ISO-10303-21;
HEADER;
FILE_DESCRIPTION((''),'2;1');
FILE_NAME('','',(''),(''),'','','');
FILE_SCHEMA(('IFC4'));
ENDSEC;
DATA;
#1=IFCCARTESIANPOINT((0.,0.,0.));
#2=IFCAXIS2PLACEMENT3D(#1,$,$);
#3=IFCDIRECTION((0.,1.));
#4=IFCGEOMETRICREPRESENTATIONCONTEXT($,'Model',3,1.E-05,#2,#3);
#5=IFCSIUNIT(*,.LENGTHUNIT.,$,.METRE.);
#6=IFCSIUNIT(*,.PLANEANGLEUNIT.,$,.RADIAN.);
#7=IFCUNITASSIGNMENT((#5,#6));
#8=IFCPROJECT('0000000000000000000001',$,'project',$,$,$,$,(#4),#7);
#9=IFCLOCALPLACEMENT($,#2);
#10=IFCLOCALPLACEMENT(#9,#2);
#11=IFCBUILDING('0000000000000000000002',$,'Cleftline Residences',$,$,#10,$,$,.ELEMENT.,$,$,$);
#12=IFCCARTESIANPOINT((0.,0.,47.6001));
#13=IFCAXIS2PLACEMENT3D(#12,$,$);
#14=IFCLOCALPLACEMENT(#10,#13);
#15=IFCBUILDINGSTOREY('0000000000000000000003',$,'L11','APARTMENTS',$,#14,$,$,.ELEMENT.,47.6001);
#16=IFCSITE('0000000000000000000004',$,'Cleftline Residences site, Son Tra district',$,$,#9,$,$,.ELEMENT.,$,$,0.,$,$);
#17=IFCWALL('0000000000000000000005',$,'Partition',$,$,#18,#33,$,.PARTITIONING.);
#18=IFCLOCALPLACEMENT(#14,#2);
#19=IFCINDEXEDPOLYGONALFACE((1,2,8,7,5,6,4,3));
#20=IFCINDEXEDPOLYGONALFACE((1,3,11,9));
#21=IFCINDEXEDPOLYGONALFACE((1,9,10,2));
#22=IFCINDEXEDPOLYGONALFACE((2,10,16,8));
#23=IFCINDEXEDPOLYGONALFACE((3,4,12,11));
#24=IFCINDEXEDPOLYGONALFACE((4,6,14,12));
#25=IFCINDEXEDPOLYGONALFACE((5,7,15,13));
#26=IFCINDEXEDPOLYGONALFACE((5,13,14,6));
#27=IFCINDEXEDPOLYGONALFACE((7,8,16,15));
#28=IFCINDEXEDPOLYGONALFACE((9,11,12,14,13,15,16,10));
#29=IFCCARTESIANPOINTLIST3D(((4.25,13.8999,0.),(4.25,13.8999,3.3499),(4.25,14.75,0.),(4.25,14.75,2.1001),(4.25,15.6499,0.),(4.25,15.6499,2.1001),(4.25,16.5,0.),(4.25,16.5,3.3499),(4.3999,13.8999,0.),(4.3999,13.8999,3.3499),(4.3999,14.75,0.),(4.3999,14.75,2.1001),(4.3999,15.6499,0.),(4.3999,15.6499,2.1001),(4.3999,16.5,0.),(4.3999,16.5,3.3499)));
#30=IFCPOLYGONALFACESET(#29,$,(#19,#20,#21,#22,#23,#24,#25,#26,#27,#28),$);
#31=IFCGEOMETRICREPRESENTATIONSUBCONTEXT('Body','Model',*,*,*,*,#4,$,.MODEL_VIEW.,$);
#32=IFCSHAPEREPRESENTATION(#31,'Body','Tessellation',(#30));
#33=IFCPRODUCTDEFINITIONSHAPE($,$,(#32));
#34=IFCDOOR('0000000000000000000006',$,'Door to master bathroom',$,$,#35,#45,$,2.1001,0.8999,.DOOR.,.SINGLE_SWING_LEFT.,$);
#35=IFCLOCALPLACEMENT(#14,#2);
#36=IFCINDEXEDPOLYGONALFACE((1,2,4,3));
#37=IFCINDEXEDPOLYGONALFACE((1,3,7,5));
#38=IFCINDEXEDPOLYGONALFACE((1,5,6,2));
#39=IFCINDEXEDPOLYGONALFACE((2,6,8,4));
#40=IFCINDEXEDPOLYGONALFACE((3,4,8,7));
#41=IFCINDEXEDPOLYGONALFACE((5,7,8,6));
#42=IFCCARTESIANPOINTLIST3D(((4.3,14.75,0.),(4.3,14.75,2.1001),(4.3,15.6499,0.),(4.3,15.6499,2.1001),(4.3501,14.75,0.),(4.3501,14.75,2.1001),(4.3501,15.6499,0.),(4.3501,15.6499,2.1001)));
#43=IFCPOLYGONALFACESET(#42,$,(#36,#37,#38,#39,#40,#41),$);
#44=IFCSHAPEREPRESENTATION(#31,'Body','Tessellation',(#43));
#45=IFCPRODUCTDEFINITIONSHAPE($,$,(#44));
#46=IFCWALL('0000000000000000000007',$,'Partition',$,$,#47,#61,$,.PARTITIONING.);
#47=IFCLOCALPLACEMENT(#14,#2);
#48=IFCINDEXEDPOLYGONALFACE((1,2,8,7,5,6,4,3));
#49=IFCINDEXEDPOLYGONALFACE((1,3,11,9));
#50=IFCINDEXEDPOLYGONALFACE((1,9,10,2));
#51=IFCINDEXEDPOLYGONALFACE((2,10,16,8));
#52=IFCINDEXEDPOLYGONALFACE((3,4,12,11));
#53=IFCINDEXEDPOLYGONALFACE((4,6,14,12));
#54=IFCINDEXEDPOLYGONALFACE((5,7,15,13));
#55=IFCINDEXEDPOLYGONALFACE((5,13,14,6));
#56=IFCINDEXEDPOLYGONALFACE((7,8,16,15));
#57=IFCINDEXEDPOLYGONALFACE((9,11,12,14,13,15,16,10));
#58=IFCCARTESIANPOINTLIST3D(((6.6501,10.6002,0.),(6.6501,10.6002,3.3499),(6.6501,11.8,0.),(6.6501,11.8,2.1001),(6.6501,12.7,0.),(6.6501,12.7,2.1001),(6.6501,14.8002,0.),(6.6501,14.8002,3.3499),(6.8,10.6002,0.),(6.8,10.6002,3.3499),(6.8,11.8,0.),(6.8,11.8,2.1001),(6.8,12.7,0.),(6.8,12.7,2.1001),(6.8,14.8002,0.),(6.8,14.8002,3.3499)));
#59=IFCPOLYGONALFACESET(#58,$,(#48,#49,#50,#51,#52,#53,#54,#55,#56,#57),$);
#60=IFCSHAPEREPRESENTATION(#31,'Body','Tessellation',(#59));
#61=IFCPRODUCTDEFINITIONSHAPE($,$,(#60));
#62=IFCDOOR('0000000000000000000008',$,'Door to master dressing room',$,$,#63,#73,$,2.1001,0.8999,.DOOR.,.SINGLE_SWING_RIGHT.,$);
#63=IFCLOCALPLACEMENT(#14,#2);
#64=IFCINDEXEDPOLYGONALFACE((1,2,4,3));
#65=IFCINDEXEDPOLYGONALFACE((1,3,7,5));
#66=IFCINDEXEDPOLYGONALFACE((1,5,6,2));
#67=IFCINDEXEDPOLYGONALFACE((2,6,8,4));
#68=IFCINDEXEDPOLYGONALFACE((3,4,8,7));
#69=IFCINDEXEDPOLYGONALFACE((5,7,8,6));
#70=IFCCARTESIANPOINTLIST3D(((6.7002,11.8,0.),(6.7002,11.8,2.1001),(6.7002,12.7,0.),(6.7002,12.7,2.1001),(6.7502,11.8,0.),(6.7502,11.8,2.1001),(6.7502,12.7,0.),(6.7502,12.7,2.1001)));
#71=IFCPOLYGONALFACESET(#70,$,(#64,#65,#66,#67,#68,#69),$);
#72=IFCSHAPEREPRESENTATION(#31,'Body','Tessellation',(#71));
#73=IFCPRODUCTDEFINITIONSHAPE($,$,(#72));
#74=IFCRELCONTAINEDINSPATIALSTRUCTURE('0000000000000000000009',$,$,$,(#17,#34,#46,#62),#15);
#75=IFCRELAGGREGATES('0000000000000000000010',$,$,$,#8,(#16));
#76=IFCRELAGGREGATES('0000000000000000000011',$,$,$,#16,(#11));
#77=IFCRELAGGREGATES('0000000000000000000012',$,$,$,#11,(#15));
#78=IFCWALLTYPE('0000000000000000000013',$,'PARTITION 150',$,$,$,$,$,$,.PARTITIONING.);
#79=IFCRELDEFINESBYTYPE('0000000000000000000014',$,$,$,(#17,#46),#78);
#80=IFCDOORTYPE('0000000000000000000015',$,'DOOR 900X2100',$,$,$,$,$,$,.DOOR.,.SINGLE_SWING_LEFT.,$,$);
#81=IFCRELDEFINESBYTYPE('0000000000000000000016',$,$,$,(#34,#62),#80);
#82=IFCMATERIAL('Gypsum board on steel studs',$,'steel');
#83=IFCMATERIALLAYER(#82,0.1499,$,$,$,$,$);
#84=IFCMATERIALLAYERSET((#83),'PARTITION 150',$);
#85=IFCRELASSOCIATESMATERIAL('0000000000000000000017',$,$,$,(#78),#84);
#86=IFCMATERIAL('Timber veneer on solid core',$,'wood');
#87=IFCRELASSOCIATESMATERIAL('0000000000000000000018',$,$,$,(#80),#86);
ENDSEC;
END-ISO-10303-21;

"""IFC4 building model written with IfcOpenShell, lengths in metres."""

from ifc_helpers import new_model, si_unit, direction, frame, frame_2d, origin, place, context, subcontext, project, spatial, rectangle, extrude, material, layer, layer_set, type_object, element, fill, save


model = new_model("IFC4")

# Units and contexts
model_context = context("Model", 3, precision=1e-05, world=origin(), true_north=direction((0.0, 1.0)))
body_context = subcontext(model_context, "Body", "Model", "MODEL_VIEW")
ifc_project = project(units=[si_unit("LENGTHUNIT", "METRE"), si_unit("PLANEANGLEUNIT", "RADIAN")], contexts=[model_context])

# Site, building, storey
site_placement = place(None, origin())
site = spatial("IfcSite", under=ifc_project, at=site_placement, Name="Cleftline Residences site, Son Tra district", CompositionType="ELEMENT", RefElevation=0.0)
building_placement = place(site_placement, origin())
building = spatial("IfcBuilding", under=site, at=building_placement, Name="Cleftline Residences", CompositionType="ELEMENT")
storey_placement = place(building_placement, frame((0.0, 0.0, 47.6001)))
storey = spatial("IfcBuildingStorey", under=building, at=storey_placement, Name="L11", Description="APARTMENTS", CompositionType="ELEMENT", Elevation=47.6001)

# Shared definitions
ifc_material_1 = material(Name="Gypsum board on steel studs", Category="steel")
ifc_layer = layer(ifc_material_1, 0.1499)
ifc_layer_set = layer_set([ifc_layer], Name="PARTITION 150")
wall_type = type_object("IfcWallType", Name="PARTITION 150", PredefinedType="PARTITIONING", material=ifc_layer_set)

# Walls, openings, doors
wall_1_placement = place(storey_placement, frame((4.325, 13.8999, 0.0), z_axis=(0.0, 0.0, 1.0), x_axis=(0.0, 1.0, 0.0)))
wall_1 = element("IfcWall", 1, at=wall_1_placement, inside=storey, type_object=wall_type, Name="Partition", PredefinedType="PARTITIONING", context=body_context, shape_type="SweptSolid", body=[
    extrude(rectangle(XDim=2.6001, YDim=0.1499, at=frame_2d((1.3, 0.0))), origin(), (0.0, 0.0, 1.0), 3.3499),
])
opening_1_placement = place(wall_1_placement, frame((0.8501, 0.0, 0.0)))
opening_1 = element("IfcOpeningElement", 2, at=opening_1_placement, cuts=wall_1, PredefinedType="OPENING", context=body_context, shape_type="SweptSolid", body=[
    extrude(rectangle(XDim=0.8999, YDim=2.1001, at=frame_2d((0.45, 1.05))), frame((0.0, 0.085, 0.0), z_axis=(0.0, -1.0, 0.0), x_axis=(1.0, 0.0, 0.0)), (0.0, 0.0, 1.0), 0.1699),
])
ifc_material_2 = material(Name="Timber veneer on solid core", Category="wood")
door_type_1 = type_object("IfcDoorType", Name="DOOR 900X2100", OperationType="SINGLE_SWING_LEFT", PredefinedType="DOOR", material=ifc_material_2)
door_1_placement = place(opening_1_placement, origin())
door_1 = element("IfcDoor", 3, at=door_1_placement, inside=storey, type_object=door_type_1, Name="Door to master bathroom", OperationType="SINGLE_SWING_LEFT", OverallHeight=2.1001, OverallWidth=0.8999, PredefinedType="DOOR", context=body_context, shape_type="SweptSolid", body=[
    extrude(rectangle(XDim=0.8999, YDim=2.1001, at=frame_2d((0.45, 1.05))), frame((0.0, 0.0249, 0.0), z_axis=(0.0, -1.0, 0.0), x_axis=(1.0, 0.0, 0.0)), (0.0, 0.0, 1.0), 0.05),
])
fill(opening_1, door_1)
wall_2_placement = place(storey_placement, frame((6.7251, 10.6001, 0.0), z_axis=(0.0, 0.0, 1.0), x_axis=(0.0, 1.0, 0.0)))
wall_2 = element("IfcWall", 4, at=wall_2_placement, inside=storey, type_object=wall_type, Name="Partition", PredefinedType="PARTITIONING", context=body_context, shape_type="SweptSolid", body=[
    extrude(rectangle(XDim=4.2, YDim=0.1499, at=frame_2d((2.1001, 0.0))), origin(), (0.0, 0.0, 1.0), 3.3499),
])
opening_2_placement = place(wall_2_placement, frame((1.2, 0.0, 0.0)))
opening_2 = element("IfcOpeningElement", 5, at=opening_2_placement, cuts=wall_2, PredefinedType="OPENING", context=body_context, shape_type="SweptSolid", body=[
    extrude(rectangle(XDim=0.8999, YDim=2.1001, at=frame_2d((0.45, 1.05))), frame((0.0, 0.085, 0.0), z_axis=(0.0, -1.0, 0.0), x_axis=(1.0, 0.0, 0.0)), (0.0, 0.0, 1.0), 0.1699),
])
door_2_placement = place(opening_2_placement, origin())
door_2 = element("IfcDoor", 6, at=door_2_placement, inside=storey, type_object=door_type_1, Name="Door to master dressing room", OperationType="SINGLE_SWING_RIGHT", OverallHeight=2.1001, OverallWidth=0.8999, PredefinedType="DOOR", context=body_context, shape_type="SweptSolid", body=[
    extrude(rectangle(XDim=0.8999, YDim=2.1001, at=frame_2d((0.45, 1.05))), frame((0.0, 0.0249, 0.0), z_axis=(0.0, -1.0, 0.0), x_axis=(1.0, 0.0, 0.0)), (0.0, 0.0, 1.0), 0.05),
])
fill(opening_2, door_2)

save(model, "model.ifc")
